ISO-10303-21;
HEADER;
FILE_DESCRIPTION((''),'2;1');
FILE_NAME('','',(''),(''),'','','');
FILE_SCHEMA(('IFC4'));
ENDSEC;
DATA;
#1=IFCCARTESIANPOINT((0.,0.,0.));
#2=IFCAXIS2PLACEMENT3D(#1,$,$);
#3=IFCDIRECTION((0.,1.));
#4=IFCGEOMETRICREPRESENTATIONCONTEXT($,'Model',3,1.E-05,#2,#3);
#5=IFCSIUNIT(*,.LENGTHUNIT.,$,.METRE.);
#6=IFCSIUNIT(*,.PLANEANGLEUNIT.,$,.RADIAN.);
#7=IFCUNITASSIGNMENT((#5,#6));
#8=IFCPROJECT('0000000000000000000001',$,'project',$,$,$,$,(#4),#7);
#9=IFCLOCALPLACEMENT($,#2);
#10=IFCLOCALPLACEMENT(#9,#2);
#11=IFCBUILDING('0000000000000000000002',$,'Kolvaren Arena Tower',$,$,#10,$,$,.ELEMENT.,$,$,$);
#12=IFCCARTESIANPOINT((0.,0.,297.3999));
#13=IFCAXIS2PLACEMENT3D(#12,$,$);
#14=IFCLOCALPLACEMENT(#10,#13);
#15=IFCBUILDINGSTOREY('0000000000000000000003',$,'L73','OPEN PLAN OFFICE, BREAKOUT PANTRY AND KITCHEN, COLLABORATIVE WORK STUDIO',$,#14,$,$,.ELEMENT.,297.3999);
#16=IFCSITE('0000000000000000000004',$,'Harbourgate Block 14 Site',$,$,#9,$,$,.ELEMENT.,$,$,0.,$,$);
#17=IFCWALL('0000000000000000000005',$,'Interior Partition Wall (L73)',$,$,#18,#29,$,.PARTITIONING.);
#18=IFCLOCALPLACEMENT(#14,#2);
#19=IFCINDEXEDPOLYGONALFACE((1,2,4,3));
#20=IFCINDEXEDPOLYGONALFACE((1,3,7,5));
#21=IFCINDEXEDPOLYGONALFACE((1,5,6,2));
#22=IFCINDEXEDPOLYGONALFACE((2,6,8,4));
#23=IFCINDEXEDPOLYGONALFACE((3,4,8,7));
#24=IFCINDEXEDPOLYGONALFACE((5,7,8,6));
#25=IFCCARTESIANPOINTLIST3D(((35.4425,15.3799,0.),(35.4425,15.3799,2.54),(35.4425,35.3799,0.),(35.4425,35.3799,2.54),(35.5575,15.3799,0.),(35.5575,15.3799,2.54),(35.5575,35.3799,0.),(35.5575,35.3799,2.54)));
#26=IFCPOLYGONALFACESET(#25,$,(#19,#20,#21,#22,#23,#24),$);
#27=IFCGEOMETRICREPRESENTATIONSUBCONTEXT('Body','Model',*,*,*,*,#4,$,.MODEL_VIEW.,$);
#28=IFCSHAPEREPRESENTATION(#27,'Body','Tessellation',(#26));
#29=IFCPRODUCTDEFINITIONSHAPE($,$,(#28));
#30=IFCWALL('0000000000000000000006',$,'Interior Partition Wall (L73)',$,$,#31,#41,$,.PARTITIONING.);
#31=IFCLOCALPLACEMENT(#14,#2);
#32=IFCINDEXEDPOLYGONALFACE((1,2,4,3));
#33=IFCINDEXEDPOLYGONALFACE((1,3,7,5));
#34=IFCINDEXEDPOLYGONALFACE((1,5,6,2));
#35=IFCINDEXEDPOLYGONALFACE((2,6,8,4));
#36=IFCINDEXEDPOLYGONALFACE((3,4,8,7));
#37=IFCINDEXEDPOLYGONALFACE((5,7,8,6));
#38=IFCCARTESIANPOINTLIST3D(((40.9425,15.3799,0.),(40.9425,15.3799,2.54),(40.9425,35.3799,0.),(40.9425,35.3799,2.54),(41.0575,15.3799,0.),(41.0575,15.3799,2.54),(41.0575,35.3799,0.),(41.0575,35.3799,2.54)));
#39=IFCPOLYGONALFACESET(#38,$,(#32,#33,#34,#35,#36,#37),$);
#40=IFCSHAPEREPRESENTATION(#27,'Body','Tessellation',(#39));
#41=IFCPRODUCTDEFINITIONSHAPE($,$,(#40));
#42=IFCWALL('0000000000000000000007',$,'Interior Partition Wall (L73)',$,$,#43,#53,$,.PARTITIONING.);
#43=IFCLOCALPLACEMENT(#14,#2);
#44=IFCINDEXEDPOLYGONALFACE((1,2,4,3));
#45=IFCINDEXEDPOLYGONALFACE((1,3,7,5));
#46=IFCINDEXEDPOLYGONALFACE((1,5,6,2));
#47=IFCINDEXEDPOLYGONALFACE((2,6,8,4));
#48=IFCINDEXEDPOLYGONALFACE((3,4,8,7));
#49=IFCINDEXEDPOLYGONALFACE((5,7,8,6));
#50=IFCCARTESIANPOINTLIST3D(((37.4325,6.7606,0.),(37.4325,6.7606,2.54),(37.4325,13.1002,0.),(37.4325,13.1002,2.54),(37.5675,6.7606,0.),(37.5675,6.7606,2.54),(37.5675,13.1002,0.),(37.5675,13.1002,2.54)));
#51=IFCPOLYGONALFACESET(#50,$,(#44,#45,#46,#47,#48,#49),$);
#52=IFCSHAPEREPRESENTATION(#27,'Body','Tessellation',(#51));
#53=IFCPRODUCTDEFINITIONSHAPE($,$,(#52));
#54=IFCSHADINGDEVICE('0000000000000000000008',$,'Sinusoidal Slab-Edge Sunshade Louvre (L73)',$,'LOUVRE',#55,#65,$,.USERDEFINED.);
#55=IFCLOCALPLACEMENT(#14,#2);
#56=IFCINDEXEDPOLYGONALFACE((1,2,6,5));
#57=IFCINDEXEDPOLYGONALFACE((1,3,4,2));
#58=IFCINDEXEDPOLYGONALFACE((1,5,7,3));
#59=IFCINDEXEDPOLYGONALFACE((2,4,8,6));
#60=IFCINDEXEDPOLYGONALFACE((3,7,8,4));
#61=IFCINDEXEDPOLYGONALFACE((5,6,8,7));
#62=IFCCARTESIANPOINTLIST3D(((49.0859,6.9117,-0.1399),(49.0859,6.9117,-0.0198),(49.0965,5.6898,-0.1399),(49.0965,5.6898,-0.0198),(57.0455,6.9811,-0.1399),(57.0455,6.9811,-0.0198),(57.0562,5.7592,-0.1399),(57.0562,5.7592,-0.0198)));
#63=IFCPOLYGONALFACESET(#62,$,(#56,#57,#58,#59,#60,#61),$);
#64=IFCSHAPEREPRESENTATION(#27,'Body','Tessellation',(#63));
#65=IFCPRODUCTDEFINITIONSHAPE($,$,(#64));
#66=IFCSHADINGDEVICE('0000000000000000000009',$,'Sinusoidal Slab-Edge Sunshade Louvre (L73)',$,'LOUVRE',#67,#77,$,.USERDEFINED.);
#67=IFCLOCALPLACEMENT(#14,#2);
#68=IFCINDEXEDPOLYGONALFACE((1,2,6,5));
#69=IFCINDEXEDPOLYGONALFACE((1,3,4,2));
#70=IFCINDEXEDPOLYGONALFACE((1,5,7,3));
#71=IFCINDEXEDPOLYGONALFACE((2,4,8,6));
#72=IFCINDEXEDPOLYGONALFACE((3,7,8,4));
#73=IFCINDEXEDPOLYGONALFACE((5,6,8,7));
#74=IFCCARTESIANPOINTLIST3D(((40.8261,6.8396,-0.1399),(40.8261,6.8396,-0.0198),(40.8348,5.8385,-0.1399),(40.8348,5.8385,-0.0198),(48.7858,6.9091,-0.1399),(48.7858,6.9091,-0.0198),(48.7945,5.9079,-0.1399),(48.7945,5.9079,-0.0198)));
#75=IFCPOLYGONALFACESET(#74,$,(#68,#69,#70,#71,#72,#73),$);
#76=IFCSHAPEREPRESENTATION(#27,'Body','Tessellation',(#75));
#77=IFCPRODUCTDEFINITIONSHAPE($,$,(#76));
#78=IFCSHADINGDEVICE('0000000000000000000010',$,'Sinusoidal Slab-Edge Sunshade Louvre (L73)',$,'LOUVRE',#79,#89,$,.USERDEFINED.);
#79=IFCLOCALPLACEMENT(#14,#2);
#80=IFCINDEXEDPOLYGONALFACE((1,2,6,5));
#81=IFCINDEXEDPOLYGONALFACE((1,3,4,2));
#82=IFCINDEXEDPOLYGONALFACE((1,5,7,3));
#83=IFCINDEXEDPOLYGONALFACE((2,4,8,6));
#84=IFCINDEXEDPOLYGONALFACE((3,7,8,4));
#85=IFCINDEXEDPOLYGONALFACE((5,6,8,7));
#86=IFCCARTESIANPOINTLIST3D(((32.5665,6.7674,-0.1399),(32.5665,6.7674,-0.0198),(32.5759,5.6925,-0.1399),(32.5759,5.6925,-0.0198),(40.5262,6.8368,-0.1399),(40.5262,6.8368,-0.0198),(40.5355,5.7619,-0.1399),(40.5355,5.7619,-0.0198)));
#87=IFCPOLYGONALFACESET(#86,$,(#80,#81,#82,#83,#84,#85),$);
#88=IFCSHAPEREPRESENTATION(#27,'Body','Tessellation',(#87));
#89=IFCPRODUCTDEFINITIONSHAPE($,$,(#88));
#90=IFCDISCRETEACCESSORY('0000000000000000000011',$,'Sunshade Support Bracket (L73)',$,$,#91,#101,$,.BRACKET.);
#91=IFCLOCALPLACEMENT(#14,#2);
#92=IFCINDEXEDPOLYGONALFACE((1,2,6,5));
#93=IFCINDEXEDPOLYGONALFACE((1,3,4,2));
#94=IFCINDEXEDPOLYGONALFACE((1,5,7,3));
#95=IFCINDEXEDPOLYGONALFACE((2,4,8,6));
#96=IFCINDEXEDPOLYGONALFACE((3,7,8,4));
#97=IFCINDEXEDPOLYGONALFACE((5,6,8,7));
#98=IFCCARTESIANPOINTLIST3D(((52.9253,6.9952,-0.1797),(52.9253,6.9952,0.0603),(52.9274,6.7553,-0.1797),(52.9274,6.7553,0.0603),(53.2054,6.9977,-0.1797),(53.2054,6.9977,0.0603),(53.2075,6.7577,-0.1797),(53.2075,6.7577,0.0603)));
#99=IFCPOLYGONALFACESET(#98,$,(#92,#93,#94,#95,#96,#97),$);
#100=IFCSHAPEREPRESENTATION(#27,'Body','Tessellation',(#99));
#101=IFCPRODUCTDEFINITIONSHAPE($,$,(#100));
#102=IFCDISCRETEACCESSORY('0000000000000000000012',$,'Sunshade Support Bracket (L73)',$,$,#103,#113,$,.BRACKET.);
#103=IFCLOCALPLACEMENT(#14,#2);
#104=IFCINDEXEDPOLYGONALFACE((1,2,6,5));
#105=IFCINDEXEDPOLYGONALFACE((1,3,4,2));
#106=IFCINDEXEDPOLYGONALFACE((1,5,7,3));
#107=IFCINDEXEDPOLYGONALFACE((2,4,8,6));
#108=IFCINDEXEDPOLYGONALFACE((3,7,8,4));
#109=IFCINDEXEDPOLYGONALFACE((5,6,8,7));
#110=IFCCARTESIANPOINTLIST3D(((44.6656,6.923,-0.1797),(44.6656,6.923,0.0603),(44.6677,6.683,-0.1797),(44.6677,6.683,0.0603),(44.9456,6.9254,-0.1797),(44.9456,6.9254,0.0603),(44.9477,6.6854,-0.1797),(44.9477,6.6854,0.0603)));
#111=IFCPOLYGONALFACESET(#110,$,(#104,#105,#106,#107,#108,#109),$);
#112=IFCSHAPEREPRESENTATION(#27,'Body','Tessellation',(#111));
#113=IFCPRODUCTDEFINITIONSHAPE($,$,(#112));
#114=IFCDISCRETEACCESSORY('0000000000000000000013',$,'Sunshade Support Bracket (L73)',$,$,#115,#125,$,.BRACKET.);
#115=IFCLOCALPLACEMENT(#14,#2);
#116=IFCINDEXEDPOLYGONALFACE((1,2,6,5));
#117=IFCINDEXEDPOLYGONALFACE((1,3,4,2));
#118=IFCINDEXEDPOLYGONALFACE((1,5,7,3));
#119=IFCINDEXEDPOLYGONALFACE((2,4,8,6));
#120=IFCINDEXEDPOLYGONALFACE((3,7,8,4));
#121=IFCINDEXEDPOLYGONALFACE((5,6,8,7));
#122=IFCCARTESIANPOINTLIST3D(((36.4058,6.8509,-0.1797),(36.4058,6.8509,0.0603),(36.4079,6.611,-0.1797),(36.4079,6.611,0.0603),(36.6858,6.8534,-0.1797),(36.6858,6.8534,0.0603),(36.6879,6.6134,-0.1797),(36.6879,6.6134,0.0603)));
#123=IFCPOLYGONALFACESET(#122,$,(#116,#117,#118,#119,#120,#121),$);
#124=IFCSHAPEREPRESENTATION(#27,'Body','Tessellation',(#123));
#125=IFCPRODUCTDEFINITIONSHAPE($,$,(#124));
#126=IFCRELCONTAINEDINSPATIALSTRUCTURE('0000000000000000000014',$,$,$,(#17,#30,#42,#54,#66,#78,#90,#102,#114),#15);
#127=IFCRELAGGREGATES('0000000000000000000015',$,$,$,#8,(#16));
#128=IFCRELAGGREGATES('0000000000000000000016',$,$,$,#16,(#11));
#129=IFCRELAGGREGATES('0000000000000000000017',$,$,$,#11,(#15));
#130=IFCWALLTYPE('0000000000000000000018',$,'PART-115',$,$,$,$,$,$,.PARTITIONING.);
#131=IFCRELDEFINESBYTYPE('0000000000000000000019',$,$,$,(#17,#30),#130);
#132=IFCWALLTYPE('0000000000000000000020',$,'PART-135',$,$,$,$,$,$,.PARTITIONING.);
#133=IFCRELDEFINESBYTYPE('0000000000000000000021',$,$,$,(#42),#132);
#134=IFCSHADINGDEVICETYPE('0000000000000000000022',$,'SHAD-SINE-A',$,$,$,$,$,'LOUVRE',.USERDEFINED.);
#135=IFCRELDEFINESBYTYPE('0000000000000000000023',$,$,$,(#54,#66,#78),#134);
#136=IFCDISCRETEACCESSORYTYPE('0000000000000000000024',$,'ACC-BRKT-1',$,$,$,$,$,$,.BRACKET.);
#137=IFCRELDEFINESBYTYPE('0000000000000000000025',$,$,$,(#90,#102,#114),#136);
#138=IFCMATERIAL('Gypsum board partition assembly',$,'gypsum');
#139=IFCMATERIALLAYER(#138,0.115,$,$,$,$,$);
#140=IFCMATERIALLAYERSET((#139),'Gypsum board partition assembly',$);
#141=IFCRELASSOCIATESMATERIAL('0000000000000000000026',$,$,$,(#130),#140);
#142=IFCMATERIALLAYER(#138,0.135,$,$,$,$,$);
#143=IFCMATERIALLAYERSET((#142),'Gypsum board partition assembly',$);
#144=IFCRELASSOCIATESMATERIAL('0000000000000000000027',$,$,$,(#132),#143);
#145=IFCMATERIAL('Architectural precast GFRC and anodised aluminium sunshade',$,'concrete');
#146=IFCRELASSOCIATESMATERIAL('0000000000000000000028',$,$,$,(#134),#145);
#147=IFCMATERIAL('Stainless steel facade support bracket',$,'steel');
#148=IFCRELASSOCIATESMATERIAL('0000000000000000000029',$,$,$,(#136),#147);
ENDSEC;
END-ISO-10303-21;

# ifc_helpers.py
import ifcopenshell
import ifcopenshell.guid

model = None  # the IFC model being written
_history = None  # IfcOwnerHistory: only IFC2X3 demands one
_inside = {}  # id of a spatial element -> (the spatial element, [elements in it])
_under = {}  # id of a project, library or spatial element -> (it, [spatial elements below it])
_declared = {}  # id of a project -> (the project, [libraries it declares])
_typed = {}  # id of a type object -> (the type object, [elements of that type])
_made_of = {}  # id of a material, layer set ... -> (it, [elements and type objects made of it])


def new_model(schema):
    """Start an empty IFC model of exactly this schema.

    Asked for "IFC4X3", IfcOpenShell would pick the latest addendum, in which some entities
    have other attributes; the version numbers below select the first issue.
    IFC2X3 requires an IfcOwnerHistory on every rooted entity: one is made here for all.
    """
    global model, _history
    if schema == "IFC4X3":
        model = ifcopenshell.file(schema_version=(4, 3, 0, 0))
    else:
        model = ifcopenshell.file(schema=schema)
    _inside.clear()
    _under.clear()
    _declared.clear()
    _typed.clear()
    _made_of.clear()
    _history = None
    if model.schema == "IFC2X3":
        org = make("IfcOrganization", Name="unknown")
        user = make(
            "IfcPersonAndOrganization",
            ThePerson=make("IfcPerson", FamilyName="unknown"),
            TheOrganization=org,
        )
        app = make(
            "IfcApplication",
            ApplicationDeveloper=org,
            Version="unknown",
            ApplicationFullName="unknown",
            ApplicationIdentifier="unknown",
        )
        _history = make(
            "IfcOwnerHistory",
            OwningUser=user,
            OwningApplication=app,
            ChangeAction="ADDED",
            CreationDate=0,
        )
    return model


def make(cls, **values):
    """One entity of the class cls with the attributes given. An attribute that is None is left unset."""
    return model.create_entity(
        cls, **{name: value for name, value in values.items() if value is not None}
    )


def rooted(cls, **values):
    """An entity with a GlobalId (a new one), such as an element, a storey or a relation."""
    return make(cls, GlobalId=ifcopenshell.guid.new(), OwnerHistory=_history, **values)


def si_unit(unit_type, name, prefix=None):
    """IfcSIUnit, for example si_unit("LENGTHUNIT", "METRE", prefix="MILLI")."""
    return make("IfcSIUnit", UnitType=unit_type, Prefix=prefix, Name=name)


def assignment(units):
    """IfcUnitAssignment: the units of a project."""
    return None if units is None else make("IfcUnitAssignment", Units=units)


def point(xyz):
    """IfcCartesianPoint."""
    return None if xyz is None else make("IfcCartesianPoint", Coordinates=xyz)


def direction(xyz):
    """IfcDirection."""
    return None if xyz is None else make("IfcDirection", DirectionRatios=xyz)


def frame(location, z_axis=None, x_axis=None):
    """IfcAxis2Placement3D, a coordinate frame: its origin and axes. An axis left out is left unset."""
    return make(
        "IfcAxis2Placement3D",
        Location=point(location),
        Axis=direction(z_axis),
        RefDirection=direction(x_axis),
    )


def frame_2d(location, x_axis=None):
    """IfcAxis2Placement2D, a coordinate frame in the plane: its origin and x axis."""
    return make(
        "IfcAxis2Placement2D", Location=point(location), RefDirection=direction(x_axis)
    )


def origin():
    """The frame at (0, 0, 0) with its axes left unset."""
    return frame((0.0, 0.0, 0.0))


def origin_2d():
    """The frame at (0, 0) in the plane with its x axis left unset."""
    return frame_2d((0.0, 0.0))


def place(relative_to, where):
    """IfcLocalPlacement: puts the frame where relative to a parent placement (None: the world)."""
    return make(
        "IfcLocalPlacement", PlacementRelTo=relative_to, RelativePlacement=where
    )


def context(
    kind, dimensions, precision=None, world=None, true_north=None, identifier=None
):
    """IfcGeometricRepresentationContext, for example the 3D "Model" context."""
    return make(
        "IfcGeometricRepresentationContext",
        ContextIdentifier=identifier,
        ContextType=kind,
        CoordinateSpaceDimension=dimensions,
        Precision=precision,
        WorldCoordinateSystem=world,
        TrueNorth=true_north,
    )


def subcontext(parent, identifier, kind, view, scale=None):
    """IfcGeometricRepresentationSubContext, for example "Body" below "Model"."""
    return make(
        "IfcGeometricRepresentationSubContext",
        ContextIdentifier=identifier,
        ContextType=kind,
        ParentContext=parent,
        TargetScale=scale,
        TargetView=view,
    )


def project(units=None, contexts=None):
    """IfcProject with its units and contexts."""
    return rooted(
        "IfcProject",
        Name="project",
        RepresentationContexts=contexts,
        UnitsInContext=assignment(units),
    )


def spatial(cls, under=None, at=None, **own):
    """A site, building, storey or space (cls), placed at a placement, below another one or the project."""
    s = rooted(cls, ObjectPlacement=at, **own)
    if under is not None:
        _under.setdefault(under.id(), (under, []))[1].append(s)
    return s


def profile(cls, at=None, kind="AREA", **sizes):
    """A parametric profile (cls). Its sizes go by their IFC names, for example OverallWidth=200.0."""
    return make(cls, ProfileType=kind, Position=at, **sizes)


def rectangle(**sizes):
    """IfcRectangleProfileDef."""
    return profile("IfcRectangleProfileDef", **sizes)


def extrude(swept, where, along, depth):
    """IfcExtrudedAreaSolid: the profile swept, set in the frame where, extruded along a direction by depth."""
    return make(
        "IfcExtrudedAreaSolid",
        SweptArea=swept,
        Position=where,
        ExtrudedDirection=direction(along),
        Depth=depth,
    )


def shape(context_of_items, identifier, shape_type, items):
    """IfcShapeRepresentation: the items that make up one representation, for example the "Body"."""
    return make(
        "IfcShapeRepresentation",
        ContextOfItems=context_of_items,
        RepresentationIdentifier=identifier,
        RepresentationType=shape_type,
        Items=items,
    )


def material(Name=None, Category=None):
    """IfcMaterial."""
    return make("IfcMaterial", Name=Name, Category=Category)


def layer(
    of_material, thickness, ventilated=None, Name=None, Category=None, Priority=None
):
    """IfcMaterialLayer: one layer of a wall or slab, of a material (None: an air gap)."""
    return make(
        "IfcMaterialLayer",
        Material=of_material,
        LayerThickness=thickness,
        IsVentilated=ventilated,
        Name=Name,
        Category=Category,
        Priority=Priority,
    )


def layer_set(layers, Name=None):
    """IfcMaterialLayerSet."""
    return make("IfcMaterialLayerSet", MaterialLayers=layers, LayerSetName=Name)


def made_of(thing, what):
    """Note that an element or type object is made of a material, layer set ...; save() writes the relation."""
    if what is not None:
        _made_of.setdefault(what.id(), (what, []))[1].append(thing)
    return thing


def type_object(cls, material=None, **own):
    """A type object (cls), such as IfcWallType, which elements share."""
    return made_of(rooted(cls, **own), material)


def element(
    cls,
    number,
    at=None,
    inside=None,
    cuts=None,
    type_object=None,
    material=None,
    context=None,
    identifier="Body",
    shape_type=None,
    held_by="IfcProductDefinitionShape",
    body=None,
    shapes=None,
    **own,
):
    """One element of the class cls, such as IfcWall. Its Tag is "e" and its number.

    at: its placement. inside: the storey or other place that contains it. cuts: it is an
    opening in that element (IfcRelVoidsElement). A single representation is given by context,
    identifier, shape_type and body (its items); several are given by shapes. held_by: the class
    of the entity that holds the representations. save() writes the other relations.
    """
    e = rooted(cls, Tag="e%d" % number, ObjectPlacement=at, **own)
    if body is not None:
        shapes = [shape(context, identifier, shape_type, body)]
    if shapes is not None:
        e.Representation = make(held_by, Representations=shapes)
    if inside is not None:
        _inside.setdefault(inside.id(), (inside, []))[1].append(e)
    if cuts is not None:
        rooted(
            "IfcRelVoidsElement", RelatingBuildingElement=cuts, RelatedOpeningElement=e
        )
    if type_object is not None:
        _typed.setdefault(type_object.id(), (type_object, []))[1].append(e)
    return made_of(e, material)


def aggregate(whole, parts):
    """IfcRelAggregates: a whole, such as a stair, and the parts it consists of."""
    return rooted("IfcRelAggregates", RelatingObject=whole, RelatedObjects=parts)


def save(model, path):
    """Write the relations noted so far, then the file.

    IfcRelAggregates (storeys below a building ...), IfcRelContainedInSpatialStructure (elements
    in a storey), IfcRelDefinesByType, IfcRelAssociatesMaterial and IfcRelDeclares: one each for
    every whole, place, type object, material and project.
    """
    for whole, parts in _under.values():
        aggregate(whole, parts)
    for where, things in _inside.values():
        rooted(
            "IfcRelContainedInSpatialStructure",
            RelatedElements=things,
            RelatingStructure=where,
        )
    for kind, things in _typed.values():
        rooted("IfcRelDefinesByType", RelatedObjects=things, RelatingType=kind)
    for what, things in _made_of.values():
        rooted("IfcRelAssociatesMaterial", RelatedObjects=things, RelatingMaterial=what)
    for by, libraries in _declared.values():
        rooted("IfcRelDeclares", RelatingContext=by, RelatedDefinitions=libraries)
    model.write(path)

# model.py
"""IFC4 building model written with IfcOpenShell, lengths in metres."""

from ifc_helpers import new_model, si_unit, direction, frame, frame_2d, origin, origin_2d, place, context, subcontext, project, spatial, rectangle, extrude, material, layer, layer_set, type_object, element, save


model = new_model("IFC4")

# Units and contexts
model_context = context("Model", 3, precision=1e-05, world=origin(), true_north=direction((0.0, 1.0)))
body_context = subcontext(model_context, "Body", "Model", "MODEL_VIEW")
ifc_project = project(units=[si_unit("LENGTHUNIT", "METRE"), si_unit("PLANEANGLEUNIT", "RADIAN")], contexts=[model_context])

# Site, building, storey
site_placement = place(None, origin())
site = spatial("IfcSite", under=ifc_project, at=site_placement, Name="Harbourgate Block 14 Site", CompositionType="ELEMENT", RefElevation=0.0)
building_placement = place(site_placement, origin())
building = spatial("IfcBuilding", under=site, at=building_placement, Name="Kolvaren Arena Tower", CompositionType="ELEMENT")
storey_placement = place(building_placement, frame((0.0, 0.0, 297.3999)))
storey = spatial("IfcBuildingStorey", under=building, at=storey_placement, Name="L73", Description="OPEN PLAN OFFICE, BREAKOUT PANTRY AND KITCHEN, COLLABORATIVE WORK STUDIO", CompositionType="ELEMENT", Elevation=297.3999)

# Walls
ifc_material_1 = material(Name="Gypsum board partition assembly", Category="gypsum")
ifc_layer_1 = layer(ifc_material_1, 0.115)
ifc_layer_set_1 = layer_set([ifc_layer_1], Name="Gypsum board partition assembly")
wall_type_1 = type_object("IfcWallType", Name="PART-115", PredefinedType="PARTITIONING", material=ifc_layer_set_1)
for number, where, z_axis, x_axis, name in (
    (1, (35.5, 15.3799, 0.0), (0.0, 0.0, 1.0), (0.0, 1.0, 0.0), "Interior Partition Wall (L73)"),
    (2, (41.0, 15.3799, 0.0), (0.0, 0.0, 1.0), (0.0, 1.0, 0.0), "Interior Partition Wall (L73)"),
):
    element("IfcWall", number, at=place(storey_placement, frame(where, z_axis=z_axis, x_axis=x_axis)), inside=storey, type_object=wall_type_1, Name=name, PredefinedType="PARTITIONING", context=body_context, shape_type="SweptSolid", body=[
        extrude(rectangle(XDim=20.0, YDim=0.115, at=frame_2d((10.0, 0.0))), origin(), (0.0, 0.0, 1.0), 2.54),
    ])
ifc_layer_2 = layer(ifc_material_1, 0.135)
ifc_layer_set_2 = layer_set([ifc_layer_2], Name="Gypsum board partition assembly")
wall_type_2 = type_object("IfcWallType", Name="PART-135", PredefinedType="PARTITIONING", material=ifc_layer_set_2)
wall_placement = place(storey_placement, frame((37.5, 6.7605, 0.0), z_axis=(0.0, 0.0, 1.0), x_axis=(0.0, 1.0, 0.0)))
element("IfcWall", 3, at=wall_placement, inside=storey, type_object=wall_type_2, Name="Interior Partition Wall (L73)", PredefinedType="PARTITIONING", context=body_context, shape_type="SweptSolid", body=[
    extrude(rectangle(XDim=6.3396, YDim=0.135, at=frame_2d((3.1699, 0.0))), origin(), (0.0, 0.0, 1.0), 2.54),
])

# Shading devices
ifc_material_2 = material(Name="Architectural precast GFRC and anodised aluminium sunshade", Category="concrete")
shading_device_type = type_object("IfcShadingDeviceType", Name="SHAD-SINE-A", ElementType="LOUVRE", PredefinedType="USERDEFINED", material=ifc_material_2)
shading_device_1_placement = place(storey_placement, frame((53.071, 6.3354, -0.1399), z_axis=(0.0, 0.0, 1.0), x_axis=(-0.999962, -0.008727, 0.0)))
element("IfcShadingDevice", 4, at=shading_device_1_placement, inside=storey, type_object=shading_device_type, Name="Sinusoidal Slab-Edge Sunshade Louvre (L73)", ObjectType="LOUVRE", PredefinedType="USERDEFINED", context=body_context, shape_type="SweptSolid", body=[
    extrude(rectangle(XDim=7.96, YDim=1.2219, at=origin_2d()), origin(), (0.0, 0.0, 1.0), 0.1201),
])
shading_device_2_placement = place(storey_placement, frame((44.8103, 6.3738, -0.1399), z_axis=(0.0, 0.0, 1.0), x_axis=(-0.999962, -0.008727, 0.0)))
element("IfcShadingDevice", 5, at=shading_device_2_placement, inside=storey, type_object=shading_device_type, Name="Sinusoidal Slab-Edge Sunshade Louvre (L73)", ObjectType="LOUVRE", PredefinedType="USERDEFINED", context=body_context, shape_type="SweptSolid", body=[
    extrude(rectangle(XDim=7.96, YDim=1.0012, at=origin_2d()), origin(), (0.0, 0.0, 1.0), 0.1201),
])
shading_device_3_placement = place(storey_placement, frame((36.551, 6.2646, -0.1399), z_axis=(0.0, 0.0, 1.0), x_axis=(-0.999962, -0.008727, 0.0)))
element("IfcShadingDevice", 6, at=shading_device_3_placement, inside=storey, type_object=shading_device_type, Name="Sinusoidal Slab-Edge Sunshade Louvre (L73)", ObjectType="LOUVRE", PredefinedType="USERDEFINED", context=body_context, shape_type="SweptSolid", body=[
    extrude(rectangle(XDim=7.96, YDim=1.075, at=origin_2d()), origin(), (0.0, 0.0, 1.0), 0.1201),
])

# Discrete accessories
ifc_material_3 = material(Name="Stainless steel facade support bracket", Category="steel")
discrete_accessory_type = type_object("IfcDiscreteAccessoryType", Name="ACC-BRKT-1", PredefinedType="BRACKET", material=ifc_material_3)
for number, where, z_axis, x_axis, name in (
    (7, (53.0664, 6.8765, -0.1797), (0.0, 0.0, 1.0), (-0.999962, -0.008727, 0.0), "Sunshade Support Bracket (L73)"),
    (8, (44.8066, 6.8042, -0.1797), (0.0, 0.0, 1.0), (-0.999962, -0.008727, 0.0), "Sunshade Support Bracket (L73)"),
    (9, (36.5469, 6.7322, -0.1797), (0.0, 0.0, 1.0), (-0.999962, -0.008727, 0.0), "Sunshade Support Bracket (L73)"),
):
    element("IfcDiscreteAccessory", number, at=place(storey_placement, frame(where, z_axis=z_axis, x_axis=x_axis)), inside=storey, type_object=discrete_accessory_type, Name=name, PredefinedType="BRACKET", context=body_context, shape_type="SweptSolid", body=[
        extrude(rectangle(XDim=0.28, YDim=0.24, at=origin_2d()), origin(), (0.0, 0.0, 1.0), 0.24),
    ])

save(model, "model.ifc")
